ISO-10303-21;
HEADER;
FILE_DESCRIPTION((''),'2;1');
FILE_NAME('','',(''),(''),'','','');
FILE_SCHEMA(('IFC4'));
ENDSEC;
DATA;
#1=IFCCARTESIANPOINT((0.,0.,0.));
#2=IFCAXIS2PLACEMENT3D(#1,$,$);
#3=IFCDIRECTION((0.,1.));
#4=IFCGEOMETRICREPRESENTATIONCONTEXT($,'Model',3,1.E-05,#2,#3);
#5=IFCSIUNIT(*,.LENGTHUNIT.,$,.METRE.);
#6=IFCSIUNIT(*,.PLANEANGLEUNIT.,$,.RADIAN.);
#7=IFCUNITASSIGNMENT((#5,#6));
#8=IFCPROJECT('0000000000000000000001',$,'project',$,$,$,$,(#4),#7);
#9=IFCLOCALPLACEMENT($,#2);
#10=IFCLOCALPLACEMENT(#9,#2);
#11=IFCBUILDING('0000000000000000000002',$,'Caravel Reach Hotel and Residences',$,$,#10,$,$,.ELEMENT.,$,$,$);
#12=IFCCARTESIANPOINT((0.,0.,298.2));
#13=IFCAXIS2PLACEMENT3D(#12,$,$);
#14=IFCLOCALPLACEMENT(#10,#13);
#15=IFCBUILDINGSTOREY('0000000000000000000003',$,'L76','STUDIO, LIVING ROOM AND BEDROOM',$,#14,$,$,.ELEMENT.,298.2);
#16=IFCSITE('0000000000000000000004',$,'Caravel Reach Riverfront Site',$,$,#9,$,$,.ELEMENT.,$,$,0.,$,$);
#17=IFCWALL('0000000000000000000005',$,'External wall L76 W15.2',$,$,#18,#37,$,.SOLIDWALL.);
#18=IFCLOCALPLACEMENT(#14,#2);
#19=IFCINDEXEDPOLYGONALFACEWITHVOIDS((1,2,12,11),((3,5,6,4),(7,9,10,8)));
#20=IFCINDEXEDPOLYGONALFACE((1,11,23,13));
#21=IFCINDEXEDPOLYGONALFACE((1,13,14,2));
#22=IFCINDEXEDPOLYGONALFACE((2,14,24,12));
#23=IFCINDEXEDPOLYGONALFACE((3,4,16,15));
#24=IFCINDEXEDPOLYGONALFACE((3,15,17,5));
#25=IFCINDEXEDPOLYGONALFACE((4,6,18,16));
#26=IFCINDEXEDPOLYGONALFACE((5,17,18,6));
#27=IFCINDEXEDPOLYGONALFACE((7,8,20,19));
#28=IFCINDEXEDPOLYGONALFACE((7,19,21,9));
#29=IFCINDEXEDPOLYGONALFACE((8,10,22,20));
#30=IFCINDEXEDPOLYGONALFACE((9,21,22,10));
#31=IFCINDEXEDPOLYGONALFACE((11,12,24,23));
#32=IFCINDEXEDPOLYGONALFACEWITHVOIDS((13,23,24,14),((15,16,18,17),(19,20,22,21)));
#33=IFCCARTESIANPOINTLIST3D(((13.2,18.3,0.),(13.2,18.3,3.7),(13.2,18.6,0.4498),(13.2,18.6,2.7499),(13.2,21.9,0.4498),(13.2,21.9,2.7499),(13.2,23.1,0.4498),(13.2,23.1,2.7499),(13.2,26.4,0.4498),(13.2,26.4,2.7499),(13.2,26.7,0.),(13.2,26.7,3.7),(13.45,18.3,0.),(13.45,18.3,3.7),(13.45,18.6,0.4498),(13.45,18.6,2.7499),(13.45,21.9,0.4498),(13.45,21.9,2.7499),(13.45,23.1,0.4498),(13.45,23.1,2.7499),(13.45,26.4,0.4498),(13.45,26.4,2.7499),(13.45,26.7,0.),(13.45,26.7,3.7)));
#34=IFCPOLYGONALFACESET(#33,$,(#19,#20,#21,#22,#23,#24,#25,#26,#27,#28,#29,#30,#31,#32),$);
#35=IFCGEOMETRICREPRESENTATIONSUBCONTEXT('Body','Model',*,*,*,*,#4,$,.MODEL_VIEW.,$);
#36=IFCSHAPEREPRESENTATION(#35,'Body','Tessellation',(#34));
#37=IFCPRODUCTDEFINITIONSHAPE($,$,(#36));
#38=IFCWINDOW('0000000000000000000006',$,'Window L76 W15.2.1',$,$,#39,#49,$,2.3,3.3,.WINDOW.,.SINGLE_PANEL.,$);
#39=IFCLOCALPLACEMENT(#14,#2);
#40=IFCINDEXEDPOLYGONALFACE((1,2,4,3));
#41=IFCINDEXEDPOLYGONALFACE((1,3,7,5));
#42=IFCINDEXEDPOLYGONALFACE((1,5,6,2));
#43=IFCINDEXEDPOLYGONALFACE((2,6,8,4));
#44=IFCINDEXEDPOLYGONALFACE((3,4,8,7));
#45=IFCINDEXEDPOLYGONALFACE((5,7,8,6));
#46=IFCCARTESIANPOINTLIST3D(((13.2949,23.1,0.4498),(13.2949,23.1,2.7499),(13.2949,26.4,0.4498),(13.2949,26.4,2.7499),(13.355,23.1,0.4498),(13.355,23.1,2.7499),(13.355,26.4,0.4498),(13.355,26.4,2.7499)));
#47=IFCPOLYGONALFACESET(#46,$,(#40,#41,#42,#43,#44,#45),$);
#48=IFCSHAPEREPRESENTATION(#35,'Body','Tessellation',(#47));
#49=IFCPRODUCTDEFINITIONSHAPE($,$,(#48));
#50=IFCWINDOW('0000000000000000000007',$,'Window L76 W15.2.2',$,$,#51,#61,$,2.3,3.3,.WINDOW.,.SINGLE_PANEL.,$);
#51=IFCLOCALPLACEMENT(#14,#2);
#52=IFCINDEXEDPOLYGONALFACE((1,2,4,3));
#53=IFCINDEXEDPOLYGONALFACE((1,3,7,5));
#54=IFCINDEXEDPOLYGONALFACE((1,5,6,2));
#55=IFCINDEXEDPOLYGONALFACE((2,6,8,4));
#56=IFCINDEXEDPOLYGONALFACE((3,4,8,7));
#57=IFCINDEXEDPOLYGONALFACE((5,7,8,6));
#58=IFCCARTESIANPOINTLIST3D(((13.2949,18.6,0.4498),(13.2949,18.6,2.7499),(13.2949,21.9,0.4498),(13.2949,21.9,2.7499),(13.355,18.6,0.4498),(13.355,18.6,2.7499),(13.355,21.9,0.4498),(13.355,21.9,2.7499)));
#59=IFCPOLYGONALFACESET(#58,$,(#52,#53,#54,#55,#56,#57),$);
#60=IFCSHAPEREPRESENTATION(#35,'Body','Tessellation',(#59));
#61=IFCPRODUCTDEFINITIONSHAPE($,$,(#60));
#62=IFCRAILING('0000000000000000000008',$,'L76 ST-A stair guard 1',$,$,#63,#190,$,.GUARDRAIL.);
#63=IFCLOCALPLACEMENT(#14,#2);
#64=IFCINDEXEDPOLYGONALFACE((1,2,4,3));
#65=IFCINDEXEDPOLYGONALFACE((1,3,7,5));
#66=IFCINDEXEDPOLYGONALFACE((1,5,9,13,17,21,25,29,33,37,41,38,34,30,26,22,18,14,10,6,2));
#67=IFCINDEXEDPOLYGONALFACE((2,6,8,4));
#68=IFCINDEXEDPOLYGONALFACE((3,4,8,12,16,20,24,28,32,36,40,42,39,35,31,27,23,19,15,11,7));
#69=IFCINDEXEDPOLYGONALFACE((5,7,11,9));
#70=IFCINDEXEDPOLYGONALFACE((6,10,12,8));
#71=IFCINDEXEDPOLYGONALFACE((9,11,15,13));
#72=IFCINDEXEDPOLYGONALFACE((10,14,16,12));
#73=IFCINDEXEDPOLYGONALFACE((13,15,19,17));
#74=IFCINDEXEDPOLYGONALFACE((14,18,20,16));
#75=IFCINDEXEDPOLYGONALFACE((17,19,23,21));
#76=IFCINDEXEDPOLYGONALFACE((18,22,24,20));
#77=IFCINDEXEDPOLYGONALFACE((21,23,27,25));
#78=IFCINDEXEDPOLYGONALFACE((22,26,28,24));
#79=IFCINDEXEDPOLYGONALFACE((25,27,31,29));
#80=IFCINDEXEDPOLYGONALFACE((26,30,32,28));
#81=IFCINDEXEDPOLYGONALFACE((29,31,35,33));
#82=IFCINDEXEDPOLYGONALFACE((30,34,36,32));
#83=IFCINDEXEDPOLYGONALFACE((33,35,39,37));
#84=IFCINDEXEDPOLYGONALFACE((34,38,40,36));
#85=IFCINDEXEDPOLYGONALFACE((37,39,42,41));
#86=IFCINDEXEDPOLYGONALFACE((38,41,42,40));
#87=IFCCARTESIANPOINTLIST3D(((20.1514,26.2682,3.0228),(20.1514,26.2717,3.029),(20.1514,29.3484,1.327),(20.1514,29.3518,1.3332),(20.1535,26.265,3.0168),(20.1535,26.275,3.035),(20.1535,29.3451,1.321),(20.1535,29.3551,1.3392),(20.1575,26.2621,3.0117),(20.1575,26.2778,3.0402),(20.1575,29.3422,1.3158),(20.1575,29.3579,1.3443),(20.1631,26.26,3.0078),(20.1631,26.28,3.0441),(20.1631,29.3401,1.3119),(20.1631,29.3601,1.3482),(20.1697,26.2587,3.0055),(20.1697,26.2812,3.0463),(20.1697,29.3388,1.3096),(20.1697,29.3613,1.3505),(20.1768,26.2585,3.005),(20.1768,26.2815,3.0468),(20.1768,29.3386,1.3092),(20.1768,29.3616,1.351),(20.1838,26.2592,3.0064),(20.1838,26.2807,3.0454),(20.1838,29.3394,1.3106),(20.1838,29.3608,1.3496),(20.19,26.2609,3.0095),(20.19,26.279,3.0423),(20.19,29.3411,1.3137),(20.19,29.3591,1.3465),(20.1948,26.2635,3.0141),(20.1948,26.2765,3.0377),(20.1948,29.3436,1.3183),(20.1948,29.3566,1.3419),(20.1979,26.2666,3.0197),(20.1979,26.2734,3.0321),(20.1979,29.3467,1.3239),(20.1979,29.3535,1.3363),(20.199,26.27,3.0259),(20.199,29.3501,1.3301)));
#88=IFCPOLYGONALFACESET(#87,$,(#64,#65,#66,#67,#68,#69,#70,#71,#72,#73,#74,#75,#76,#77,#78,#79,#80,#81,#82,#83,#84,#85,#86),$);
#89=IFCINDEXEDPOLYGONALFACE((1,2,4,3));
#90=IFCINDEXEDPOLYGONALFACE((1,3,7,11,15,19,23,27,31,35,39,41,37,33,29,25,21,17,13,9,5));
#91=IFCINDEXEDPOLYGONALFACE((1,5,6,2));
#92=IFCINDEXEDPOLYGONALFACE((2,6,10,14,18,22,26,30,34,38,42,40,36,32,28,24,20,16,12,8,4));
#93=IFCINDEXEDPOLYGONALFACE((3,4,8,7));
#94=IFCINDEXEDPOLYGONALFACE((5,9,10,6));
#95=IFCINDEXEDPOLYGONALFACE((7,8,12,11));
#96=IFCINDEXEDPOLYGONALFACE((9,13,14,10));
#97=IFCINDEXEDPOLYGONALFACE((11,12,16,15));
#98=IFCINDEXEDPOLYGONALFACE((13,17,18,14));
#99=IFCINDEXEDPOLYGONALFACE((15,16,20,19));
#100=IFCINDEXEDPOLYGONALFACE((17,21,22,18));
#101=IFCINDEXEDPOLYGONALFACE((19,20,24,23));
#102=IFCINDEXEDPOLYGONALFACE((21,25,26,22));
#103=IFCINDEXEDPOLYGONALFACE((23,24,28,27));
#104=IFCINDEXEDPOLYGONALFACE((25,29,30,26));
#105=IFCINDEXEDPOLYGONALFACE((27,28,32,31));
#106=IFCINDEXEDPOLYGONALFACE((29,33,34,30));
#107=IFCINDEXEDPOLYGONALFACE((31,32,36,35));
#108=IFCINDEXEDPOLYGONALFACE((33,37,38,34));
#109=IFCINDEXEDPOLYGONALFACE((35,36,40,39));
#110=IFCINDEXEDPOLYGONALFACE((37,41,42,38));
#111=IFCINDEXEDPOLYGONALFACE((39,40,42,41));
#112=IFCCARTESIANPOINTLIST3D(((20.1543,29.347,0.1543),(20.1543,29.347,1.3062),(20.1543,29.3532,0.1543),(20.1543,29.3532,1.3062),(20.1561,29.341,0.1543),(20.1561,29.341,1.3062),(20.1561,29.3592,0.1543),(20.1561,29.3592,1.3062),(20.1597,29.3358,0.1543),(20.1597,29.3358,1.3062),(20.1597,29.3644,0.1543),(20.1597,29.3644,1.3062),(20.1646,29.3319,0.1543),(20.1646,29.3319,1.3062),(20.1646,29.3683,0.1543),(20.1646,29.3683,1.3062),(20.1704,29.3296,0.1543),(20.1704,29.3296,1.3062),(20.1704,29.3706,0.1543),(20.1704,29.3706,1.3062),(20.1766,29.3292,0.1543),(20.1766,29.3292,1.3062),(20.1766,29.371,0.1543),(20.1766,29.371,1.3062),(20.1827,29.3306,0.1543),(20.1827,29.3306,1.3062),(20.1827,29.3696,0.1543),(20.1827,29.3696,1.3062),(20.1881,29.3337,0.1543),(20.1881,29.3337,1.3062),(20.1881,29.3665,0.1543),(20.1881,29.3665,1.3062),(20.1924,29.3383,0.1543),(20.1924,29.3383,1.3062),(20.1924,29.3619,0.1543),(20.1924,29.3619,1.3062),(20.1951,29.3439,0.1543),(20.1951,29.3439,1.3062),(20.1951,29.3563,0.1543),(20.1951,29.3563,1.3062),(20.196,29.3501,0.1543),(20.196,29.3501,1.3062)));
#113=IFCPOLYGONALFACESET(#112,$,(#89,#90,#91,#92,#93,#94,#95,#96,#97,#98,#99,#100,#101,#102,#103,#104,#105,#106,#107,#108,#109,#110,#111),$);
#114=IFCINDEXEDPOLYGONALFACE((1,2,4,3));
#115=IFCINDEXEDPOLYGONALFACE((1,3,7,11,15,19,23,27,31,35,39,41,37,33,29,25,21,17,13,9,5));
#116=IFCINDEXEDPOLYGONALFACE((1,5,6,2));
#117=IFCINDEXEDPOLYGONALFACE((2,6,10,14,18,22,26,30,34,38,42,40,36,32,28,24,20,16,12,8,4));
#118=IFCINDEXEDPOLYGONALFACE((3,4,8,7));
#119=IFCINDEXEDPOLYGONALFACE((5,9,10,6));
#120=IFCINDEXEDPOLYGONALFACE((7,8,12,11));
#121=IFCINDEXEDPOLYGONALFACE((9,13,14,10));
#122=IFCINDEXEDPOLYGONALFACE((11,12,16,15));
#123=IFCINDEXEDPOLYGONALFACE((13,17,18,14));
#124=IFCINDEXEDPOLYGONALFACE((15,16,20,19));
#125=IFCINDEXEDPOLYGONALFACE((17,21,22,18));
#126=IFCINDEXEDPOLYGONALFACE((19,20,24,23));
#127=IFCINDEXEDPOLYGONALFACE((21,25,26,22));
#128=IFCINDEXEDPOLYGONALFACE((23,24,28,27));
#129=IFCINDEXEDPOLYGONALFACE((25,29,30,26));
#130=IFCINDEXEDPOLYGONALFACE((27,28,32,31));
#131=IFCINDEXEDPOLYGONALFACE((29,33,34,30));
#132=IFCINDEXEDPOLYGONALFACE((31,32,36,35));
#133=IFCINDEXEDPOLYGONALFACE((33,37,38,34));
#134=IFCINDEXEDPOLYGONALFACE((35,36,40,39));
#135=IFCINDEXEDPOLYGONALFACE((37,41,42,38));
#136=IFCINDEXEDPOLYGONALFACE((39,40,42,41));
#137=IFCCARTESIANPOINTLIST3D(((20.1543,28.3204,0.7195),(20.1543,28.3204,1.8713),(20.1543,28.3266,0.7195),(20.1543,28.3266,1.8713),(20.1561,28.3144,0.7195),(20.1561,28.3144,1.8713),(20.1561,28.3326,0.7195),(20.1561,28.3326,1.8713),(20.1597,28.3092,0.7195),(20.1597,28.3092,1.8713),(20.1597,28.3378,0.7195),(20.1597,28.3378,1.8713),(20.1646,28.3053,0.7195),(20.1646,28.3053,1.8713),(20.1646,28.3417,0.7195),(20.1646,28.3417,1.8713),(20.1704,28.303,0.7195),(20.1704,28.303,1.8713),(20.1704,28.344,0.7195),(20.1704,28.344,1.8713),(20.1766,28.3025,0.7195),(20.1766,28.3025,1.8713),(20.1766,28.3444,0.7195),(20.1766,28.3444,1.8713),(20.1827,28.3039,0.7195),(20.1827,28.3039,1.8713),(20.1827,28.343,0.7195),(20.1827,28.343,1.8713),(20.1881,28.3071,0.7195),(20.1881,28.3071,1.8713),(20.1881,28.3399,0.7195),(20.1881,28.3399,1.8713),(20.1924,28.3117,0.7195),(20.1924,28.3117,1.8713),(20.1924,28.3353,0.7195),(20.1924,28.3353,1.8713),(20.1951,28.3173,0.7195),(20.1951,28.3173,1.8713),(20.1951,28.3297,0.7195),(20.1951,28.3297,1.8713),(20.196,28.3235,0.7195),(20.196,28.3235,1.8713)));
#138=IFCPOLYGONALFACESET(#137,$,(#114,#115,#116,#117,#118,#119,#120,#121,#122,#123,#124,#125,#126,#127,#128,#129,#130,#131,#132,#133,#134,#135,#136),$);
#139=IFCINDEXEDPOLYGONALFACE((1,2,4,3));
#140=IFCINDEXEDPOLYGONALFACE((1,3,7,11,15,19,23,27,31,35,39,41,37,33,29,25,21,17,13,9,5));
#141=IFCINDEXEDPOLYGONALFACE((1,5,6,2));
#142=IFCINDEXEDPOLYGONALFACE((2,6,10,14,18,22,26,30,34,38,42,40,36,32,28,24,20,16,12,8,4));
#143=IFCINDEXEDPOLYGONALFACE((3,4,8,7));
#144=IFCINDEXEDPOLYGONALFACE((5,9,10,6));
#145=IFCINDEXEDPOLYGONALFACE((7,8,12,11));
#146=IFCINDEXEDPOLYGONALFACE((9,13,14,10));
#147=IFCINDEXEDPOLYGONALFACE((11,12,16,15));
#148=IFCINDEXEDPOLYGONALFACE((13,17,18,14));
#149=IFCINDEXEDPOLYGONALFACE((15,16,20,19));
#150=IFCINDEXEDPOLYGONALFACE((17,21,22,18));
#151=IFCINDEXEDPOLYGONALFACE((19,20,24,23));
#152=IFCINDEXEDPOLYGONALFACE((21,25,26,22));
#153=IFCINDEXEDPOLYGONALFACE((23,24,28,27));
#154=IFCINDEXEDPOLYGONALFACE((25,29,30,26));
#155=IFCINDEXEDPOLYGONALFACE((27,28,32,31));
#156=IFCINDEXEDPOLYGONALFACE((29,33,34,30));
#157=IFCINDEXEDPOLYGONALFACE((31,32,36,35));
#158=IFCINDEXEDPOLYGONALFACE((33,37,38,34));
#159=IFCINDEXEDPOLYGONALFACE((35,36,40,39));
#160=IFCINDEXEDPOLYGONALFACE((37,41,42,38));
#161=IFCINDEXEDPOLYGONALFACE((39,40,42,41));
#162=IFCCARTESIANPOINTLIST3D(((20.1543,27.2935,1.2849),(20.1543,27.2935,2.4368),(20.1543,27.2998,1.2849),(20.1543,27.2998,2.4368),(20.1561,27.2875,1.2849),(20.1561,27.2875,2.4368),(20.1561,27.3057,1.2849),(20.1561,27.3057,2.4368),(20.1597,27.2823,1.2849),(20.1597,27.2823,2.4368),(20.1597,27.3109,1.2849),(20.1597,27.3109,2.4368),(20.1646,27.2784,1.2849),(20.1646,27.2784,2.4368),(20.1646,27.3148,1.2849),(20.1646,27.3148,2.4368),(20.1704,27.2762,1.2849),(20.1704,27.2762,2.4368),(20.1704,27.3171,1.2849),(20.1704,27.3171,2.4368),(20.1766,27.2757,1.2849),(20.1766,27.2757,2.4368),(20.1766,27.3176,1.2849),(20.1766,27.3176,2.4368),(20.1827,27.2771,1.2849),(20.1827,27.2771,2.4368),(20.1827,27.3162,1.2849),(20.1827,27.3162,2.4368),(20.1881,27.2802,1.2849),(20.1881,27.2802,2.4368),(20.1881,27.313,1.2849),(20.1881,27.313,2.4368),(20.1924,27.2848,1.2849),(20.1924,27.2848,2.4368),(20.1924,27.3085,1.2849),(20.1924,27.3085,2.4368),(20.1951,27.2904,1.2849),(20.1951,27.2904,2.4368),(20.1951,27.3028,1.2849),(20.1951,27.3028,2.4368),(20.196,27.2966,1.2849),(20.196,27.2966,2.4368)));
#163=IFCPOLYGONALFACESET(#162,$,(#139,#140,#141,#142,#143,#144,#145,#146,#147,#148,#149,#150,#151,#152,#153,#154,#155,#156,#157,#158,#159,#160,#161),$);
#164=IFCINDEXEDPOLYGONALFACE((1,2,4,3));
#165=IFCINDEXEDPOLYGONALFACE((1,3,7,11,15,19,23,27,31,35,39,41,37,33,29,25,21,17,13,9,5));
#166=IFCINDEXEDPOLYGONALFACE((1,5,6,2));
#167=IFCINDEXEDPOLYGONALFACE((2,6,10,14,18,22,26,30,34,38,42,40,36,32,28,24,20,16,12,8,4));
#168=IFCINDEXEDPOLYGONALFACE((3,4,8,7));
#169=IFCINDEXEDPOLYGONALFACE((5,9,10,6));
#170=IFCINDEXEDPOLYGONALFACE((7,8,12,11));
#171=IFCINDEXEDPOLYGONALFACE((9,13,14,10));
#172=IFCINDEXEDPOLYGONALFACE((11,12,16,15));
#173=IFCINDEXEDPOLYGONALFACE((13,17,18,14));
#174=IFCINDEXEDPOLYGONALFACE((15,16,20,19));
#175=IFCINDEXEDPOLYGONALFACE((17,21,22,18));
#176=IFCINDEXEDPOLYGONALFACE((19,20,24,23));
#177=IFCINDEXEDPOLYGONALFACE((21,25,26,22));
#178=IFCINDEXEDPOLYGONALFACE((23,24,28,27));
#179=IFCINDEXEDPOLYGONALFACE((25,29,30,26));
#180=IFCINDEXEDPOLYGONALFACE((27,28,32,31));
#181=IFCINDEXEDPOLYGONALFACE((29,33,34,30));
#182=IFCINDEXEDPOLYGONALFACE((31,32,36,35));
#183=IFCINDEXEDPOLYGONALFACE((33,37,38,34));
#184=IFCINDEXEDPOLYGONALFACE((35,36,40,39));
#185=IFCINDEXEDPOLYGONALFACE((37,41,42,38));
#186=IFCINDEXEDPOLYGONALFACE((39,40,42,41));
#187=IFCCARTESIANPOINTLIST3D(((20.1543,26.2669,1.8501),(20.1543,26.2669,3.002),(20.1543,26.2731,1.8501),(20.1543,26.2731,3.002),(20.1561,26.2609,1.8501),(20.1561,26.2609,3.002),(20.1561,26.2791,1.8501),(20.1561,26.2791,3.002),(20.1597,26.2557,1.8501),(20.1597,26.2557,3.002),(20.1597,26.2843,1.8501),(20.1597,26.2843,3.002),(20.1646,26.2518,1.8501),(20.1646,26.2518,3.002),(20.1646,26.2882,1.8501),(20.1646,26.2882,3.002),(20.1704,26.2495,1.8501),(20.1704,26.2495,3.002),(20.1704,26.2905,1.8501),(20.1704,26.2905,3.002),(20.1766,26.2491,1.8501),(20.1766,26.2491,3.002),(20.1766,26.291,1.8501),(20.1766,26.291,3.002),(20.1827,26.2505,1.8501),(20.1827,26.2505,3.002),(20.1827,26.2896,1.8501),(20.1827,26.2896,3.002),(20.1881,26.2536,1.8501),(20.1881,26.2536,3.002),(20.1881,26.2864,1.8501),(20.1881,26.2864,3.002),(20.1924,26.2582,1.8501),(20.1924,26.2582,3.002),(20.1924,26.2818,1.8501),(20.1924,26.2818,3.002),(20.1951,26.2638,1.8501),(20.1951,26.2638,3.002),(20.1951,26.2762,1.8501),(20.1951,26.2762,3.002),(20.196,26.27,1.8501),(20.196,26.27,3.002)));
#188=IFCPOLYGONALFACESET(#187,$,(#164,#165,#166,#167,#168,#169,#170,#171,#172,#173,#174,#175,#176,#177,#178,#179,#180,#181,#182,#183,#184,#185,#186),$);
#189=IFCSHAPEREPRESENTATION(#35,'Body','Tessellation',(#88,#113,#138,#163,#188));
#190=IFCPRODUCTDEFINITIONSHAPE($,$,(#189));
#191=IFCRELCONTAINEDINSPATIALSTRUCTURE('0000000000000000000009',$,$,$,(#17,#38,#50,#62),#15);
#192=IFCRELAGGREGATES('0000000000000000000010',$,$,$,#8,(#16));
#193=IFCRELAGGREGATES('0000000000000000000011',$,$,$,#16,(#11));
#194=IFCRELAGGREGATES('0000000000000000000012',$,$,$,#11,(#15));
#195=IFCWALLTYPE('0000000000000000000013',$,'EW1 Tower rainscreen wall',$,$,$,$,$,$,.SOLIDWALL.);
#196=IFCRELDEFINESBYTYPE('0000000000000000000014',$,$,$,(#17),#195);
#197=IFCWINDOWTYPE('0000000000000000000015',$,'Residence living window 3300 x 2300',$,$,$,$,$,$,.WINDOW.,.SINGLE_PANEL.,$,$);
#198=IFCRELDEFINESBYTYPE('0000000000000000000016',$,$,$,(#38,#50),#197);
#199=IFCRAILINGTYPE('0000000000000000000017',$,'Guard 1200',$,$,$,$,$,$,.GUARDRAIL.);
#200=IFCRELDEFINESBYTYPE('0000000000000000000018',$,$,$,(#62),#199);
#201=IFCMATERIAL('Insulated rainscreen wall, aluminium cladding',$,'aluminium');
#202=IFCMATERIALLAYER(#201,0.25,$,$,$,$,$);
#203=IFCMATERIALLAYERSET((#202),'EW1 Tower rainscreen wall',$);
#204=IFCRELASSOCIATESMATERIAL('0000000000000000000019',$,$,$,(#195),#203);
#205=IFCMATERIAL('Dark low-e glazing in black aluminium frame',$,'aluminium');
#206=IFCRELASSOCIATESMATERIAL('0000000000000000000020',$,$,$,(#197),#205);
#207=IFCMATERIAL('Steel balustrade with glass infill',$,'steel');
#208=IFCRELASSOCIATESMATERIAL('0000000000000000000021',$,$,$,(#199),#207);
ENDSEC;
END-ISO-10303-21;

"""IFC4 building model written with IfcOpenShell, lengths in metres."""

from ifc_helpers import new_model, si_unit, direction, frame, frame_2d, origin, origin_2d, place, context, subcontext, project, spatial, rectangle, circle, extrude, material, layer, layer_set, type_object, element, fill, save


model = new_model("IFC4")

# Units and contexts
model_context = context("Model", 3, precision=1e-05, world=origin(), true_north=direction((0.0, 1.0)))
body_context = subcontext(model_context, "Body", "Model", "MODEL_VIEW")
ifc_project = project(units=[si_unit("LENGTHUNIT", "METRE"), si_unit("PLANEANGLEUNIT", "RADIAN")], contexts=[model_context])

# Site, building, storey
site_placement = place(None, origin())
site = spatial("IfcSite", under=ifc_project, at=site_placement, Name="Caravel Reach Riverfront Site", CompositionType="ELEMENT", RefElevation=0.0)
building_placement = place(site_placement, origin())
building = spatial("IfcBuilding", under=site, at=building_placement, Name="Caravel Reach Hotel and Residences", CompositionType="ELEMENT")
storey_placement = place(building_placement, frame((0.0, 0.0, 298.2)))
storey = spatial("IfcBuildingStorey", under=building, at=storey_placement, Name="L76", Description="STUDIO, LIVING ROOM AND BEDROOM", CompositionType="ELEMENT", Elevation=298.2)

# Wall, openings, windows
ifc_material_1 = material(Name="Insulated rainscreen wall, aluminium cladding", Category="aluminium")
ifc_layer_1 = layer(ifc_material_1, 0.25)
ifc_layer_set_1 = layer_set([ifc_layer_1], Name="EW1 Tower rainscreen wall")
wall_type_1 = type_object("IfcWallType", Name="EW1 Tower rainscreen wall", PredefinedType="SOLIDWALL", material=ifc_layer_set_1)
wall_1_placement = place(storey_placement, frame((13.325, 26.7, 0.0), z_axis=(0.0, 0.0, 1.0), x_axis=(0.0, -1.0, 0.0)))
wall_1 = element("IfcWall", 1, at=wall_1_placement, inside=storey, type_object=wall_type_1, Name="External wall L76 W15.2", PredefinedType="SOLIDWALL", context=body_context, shape_type="SweptSolid", body=[
    extrude(rectangle(XDim=8.3999, YDim=0.25, at=frame_2d((4.2, 0.0))), origin(), (0.0, 0.0, 1.0), 3.7),
])
opening_1_placement = place(wall_1_placement, frame((0.3, 0.0, 0.45)))
opening_1 = element("IfcOpeningElement", 2, at=opening_1_placement, cuts=wall_1, PredefinedType="OPENING", context=body_context, shape_type="SweptSolid", body=[
    extrude(rectangle(XDim=3.3, YDim=2.3, at=frame_2d((1.6499, 1.1499))), frame((0.0, 0.135, 0.0), z_axis=(0.0, -1.0, 0.0), x_axis=(1.0, 0.0, 0.0)), (0.0, 0.0, 1.0), 0.27),
])
opening_2_placement = place(wall_1_placement, frame((4.8, 0.0, 0.45)))
opening_2 = element("IfcOpeningElement", 3, at=opening_2_placement, cuts=wall_1, PredefinedType="OPENING", context=body_context, shape_type="SweptSolid", body=[
    extrude(rectangle(XDim=3.3, YDim=2.3, at=frame_2d((1.6499, 1.1499))), frame((0.0, 0.135, 0.0), z_axis=(0.0, -1.0, 0.0), x_axis=(1.0, 0.0, 0.0)), (0.0, 0.0, 1.0), 0.27),
])
ifc_material_2 = material(Name="Dark low-e glazing in black aluminium frame", Category="aluminium")
window_type = type_object("IfcWindowType", Name="Residence living window 3300 x 2300", PartitioningType="SINGLE_PANEL", PredefinedType="WINDOW", material=ifc_material_2)
window_1_placement = place(opening_1_placement, origin())
window_1 = element("IfcWindow", 4, at=window_1_placement, inside=storey, type_object=window_type, Name="Window L76 W15.2.1", OverallHeight=2.3, OverallWidth=3.3, PartitioningType="SINGLE_PANEL", PredefinedType="WINDOW", context=body_context, shape_type="SweptSolid", body=[
    extrude(rectangle(XDim=3.3, YDim=2.3, at=frame_2d((1.6499, 1.1499))), frame((0.0, 0.03, 0.0), z_axis=(0.0, -1.0, 0.0), x_axis=(1.0, 0.0, 0.0)), (0.0, 0.0, 1.0), 0.0601),
])
fill(opening_1, window_1)
window_2_placement = place(opening_2_placement, origin())
window_2 = element("IfcWindow", 5, at=window_2_placement, inside=storey, type_object=window_type, Name="Window L76 W15.2.2", OverallHeight=2.3, OverallWidth=3.3, PartitioningType="SINGLE_PANEL", PredefinedType="WINDOW", context=body_context, shape_type="SweptSolid", body=[
    extrude(rectangle(XDim=3.3, YDim=2.3, at=frame_2d((1.6499, 1.1499))), frame((0.0, 0.03, 0.0), z_axis=(0.0, -1.0, 0.0), x_axis=(1.0, 0.0, 0.0)), (0.0, 0.0, 1.0), 0.0601),
])
fill(opening_2, window_2)

# Railing
ifc_material_3 = material(Name="Steel balustrade with glass infill", Category="steel")
railing_type_1 = type_object("IfcRailingType", Name="Guard 1200", PredefinedType="GUARDRAIL", material=ifc_material_3)
railing_1_placement = place(storey_placement, frame((20.175, 29.3501, 0.1543)))
element("IfcRailing", 6, at=railing_1_placement, inside=storey, type_object=railing_type_1, Name="L76 ST-A stair guard 1", PredefinedType="GUARDRAIL", context=body_context, shape_type="SweptSolid", body=[
    extrude(circle(Radius=0.0239, at=origin_2d()), frame((0.0, 0.0, 1.1758), z_axis=(0.0, -0.876005, 0.482303), x_axis=(1.0, 0.0, 0.0)), (0.0, 0.0, 1.0), 3.5161),
    extrude(circle(Radius=0.021, at=origin_2d()), origin(), (0.0, 0.0, 1.0), 1.1519),
    extrude(circle(Radius=0.021, at=origin_2d()), frame((0.0, -1.0266, 0.5652)), (0.0, 0.0, 1.0), 1.1519),
    extrude(circle(Radius=0.021, at=origin_2d()), frame((0.0, -2.0535, 1.1306)), (0.0, 0.0, 1.0), 1.1519),
    extrude(circle(Radius=0.021, at=origin_2d()), frame((0.0, -3.0801, 1.6958)), (0.0, 0.0, 1.0), 1.1519),
])

save(model, "model.ifc")
